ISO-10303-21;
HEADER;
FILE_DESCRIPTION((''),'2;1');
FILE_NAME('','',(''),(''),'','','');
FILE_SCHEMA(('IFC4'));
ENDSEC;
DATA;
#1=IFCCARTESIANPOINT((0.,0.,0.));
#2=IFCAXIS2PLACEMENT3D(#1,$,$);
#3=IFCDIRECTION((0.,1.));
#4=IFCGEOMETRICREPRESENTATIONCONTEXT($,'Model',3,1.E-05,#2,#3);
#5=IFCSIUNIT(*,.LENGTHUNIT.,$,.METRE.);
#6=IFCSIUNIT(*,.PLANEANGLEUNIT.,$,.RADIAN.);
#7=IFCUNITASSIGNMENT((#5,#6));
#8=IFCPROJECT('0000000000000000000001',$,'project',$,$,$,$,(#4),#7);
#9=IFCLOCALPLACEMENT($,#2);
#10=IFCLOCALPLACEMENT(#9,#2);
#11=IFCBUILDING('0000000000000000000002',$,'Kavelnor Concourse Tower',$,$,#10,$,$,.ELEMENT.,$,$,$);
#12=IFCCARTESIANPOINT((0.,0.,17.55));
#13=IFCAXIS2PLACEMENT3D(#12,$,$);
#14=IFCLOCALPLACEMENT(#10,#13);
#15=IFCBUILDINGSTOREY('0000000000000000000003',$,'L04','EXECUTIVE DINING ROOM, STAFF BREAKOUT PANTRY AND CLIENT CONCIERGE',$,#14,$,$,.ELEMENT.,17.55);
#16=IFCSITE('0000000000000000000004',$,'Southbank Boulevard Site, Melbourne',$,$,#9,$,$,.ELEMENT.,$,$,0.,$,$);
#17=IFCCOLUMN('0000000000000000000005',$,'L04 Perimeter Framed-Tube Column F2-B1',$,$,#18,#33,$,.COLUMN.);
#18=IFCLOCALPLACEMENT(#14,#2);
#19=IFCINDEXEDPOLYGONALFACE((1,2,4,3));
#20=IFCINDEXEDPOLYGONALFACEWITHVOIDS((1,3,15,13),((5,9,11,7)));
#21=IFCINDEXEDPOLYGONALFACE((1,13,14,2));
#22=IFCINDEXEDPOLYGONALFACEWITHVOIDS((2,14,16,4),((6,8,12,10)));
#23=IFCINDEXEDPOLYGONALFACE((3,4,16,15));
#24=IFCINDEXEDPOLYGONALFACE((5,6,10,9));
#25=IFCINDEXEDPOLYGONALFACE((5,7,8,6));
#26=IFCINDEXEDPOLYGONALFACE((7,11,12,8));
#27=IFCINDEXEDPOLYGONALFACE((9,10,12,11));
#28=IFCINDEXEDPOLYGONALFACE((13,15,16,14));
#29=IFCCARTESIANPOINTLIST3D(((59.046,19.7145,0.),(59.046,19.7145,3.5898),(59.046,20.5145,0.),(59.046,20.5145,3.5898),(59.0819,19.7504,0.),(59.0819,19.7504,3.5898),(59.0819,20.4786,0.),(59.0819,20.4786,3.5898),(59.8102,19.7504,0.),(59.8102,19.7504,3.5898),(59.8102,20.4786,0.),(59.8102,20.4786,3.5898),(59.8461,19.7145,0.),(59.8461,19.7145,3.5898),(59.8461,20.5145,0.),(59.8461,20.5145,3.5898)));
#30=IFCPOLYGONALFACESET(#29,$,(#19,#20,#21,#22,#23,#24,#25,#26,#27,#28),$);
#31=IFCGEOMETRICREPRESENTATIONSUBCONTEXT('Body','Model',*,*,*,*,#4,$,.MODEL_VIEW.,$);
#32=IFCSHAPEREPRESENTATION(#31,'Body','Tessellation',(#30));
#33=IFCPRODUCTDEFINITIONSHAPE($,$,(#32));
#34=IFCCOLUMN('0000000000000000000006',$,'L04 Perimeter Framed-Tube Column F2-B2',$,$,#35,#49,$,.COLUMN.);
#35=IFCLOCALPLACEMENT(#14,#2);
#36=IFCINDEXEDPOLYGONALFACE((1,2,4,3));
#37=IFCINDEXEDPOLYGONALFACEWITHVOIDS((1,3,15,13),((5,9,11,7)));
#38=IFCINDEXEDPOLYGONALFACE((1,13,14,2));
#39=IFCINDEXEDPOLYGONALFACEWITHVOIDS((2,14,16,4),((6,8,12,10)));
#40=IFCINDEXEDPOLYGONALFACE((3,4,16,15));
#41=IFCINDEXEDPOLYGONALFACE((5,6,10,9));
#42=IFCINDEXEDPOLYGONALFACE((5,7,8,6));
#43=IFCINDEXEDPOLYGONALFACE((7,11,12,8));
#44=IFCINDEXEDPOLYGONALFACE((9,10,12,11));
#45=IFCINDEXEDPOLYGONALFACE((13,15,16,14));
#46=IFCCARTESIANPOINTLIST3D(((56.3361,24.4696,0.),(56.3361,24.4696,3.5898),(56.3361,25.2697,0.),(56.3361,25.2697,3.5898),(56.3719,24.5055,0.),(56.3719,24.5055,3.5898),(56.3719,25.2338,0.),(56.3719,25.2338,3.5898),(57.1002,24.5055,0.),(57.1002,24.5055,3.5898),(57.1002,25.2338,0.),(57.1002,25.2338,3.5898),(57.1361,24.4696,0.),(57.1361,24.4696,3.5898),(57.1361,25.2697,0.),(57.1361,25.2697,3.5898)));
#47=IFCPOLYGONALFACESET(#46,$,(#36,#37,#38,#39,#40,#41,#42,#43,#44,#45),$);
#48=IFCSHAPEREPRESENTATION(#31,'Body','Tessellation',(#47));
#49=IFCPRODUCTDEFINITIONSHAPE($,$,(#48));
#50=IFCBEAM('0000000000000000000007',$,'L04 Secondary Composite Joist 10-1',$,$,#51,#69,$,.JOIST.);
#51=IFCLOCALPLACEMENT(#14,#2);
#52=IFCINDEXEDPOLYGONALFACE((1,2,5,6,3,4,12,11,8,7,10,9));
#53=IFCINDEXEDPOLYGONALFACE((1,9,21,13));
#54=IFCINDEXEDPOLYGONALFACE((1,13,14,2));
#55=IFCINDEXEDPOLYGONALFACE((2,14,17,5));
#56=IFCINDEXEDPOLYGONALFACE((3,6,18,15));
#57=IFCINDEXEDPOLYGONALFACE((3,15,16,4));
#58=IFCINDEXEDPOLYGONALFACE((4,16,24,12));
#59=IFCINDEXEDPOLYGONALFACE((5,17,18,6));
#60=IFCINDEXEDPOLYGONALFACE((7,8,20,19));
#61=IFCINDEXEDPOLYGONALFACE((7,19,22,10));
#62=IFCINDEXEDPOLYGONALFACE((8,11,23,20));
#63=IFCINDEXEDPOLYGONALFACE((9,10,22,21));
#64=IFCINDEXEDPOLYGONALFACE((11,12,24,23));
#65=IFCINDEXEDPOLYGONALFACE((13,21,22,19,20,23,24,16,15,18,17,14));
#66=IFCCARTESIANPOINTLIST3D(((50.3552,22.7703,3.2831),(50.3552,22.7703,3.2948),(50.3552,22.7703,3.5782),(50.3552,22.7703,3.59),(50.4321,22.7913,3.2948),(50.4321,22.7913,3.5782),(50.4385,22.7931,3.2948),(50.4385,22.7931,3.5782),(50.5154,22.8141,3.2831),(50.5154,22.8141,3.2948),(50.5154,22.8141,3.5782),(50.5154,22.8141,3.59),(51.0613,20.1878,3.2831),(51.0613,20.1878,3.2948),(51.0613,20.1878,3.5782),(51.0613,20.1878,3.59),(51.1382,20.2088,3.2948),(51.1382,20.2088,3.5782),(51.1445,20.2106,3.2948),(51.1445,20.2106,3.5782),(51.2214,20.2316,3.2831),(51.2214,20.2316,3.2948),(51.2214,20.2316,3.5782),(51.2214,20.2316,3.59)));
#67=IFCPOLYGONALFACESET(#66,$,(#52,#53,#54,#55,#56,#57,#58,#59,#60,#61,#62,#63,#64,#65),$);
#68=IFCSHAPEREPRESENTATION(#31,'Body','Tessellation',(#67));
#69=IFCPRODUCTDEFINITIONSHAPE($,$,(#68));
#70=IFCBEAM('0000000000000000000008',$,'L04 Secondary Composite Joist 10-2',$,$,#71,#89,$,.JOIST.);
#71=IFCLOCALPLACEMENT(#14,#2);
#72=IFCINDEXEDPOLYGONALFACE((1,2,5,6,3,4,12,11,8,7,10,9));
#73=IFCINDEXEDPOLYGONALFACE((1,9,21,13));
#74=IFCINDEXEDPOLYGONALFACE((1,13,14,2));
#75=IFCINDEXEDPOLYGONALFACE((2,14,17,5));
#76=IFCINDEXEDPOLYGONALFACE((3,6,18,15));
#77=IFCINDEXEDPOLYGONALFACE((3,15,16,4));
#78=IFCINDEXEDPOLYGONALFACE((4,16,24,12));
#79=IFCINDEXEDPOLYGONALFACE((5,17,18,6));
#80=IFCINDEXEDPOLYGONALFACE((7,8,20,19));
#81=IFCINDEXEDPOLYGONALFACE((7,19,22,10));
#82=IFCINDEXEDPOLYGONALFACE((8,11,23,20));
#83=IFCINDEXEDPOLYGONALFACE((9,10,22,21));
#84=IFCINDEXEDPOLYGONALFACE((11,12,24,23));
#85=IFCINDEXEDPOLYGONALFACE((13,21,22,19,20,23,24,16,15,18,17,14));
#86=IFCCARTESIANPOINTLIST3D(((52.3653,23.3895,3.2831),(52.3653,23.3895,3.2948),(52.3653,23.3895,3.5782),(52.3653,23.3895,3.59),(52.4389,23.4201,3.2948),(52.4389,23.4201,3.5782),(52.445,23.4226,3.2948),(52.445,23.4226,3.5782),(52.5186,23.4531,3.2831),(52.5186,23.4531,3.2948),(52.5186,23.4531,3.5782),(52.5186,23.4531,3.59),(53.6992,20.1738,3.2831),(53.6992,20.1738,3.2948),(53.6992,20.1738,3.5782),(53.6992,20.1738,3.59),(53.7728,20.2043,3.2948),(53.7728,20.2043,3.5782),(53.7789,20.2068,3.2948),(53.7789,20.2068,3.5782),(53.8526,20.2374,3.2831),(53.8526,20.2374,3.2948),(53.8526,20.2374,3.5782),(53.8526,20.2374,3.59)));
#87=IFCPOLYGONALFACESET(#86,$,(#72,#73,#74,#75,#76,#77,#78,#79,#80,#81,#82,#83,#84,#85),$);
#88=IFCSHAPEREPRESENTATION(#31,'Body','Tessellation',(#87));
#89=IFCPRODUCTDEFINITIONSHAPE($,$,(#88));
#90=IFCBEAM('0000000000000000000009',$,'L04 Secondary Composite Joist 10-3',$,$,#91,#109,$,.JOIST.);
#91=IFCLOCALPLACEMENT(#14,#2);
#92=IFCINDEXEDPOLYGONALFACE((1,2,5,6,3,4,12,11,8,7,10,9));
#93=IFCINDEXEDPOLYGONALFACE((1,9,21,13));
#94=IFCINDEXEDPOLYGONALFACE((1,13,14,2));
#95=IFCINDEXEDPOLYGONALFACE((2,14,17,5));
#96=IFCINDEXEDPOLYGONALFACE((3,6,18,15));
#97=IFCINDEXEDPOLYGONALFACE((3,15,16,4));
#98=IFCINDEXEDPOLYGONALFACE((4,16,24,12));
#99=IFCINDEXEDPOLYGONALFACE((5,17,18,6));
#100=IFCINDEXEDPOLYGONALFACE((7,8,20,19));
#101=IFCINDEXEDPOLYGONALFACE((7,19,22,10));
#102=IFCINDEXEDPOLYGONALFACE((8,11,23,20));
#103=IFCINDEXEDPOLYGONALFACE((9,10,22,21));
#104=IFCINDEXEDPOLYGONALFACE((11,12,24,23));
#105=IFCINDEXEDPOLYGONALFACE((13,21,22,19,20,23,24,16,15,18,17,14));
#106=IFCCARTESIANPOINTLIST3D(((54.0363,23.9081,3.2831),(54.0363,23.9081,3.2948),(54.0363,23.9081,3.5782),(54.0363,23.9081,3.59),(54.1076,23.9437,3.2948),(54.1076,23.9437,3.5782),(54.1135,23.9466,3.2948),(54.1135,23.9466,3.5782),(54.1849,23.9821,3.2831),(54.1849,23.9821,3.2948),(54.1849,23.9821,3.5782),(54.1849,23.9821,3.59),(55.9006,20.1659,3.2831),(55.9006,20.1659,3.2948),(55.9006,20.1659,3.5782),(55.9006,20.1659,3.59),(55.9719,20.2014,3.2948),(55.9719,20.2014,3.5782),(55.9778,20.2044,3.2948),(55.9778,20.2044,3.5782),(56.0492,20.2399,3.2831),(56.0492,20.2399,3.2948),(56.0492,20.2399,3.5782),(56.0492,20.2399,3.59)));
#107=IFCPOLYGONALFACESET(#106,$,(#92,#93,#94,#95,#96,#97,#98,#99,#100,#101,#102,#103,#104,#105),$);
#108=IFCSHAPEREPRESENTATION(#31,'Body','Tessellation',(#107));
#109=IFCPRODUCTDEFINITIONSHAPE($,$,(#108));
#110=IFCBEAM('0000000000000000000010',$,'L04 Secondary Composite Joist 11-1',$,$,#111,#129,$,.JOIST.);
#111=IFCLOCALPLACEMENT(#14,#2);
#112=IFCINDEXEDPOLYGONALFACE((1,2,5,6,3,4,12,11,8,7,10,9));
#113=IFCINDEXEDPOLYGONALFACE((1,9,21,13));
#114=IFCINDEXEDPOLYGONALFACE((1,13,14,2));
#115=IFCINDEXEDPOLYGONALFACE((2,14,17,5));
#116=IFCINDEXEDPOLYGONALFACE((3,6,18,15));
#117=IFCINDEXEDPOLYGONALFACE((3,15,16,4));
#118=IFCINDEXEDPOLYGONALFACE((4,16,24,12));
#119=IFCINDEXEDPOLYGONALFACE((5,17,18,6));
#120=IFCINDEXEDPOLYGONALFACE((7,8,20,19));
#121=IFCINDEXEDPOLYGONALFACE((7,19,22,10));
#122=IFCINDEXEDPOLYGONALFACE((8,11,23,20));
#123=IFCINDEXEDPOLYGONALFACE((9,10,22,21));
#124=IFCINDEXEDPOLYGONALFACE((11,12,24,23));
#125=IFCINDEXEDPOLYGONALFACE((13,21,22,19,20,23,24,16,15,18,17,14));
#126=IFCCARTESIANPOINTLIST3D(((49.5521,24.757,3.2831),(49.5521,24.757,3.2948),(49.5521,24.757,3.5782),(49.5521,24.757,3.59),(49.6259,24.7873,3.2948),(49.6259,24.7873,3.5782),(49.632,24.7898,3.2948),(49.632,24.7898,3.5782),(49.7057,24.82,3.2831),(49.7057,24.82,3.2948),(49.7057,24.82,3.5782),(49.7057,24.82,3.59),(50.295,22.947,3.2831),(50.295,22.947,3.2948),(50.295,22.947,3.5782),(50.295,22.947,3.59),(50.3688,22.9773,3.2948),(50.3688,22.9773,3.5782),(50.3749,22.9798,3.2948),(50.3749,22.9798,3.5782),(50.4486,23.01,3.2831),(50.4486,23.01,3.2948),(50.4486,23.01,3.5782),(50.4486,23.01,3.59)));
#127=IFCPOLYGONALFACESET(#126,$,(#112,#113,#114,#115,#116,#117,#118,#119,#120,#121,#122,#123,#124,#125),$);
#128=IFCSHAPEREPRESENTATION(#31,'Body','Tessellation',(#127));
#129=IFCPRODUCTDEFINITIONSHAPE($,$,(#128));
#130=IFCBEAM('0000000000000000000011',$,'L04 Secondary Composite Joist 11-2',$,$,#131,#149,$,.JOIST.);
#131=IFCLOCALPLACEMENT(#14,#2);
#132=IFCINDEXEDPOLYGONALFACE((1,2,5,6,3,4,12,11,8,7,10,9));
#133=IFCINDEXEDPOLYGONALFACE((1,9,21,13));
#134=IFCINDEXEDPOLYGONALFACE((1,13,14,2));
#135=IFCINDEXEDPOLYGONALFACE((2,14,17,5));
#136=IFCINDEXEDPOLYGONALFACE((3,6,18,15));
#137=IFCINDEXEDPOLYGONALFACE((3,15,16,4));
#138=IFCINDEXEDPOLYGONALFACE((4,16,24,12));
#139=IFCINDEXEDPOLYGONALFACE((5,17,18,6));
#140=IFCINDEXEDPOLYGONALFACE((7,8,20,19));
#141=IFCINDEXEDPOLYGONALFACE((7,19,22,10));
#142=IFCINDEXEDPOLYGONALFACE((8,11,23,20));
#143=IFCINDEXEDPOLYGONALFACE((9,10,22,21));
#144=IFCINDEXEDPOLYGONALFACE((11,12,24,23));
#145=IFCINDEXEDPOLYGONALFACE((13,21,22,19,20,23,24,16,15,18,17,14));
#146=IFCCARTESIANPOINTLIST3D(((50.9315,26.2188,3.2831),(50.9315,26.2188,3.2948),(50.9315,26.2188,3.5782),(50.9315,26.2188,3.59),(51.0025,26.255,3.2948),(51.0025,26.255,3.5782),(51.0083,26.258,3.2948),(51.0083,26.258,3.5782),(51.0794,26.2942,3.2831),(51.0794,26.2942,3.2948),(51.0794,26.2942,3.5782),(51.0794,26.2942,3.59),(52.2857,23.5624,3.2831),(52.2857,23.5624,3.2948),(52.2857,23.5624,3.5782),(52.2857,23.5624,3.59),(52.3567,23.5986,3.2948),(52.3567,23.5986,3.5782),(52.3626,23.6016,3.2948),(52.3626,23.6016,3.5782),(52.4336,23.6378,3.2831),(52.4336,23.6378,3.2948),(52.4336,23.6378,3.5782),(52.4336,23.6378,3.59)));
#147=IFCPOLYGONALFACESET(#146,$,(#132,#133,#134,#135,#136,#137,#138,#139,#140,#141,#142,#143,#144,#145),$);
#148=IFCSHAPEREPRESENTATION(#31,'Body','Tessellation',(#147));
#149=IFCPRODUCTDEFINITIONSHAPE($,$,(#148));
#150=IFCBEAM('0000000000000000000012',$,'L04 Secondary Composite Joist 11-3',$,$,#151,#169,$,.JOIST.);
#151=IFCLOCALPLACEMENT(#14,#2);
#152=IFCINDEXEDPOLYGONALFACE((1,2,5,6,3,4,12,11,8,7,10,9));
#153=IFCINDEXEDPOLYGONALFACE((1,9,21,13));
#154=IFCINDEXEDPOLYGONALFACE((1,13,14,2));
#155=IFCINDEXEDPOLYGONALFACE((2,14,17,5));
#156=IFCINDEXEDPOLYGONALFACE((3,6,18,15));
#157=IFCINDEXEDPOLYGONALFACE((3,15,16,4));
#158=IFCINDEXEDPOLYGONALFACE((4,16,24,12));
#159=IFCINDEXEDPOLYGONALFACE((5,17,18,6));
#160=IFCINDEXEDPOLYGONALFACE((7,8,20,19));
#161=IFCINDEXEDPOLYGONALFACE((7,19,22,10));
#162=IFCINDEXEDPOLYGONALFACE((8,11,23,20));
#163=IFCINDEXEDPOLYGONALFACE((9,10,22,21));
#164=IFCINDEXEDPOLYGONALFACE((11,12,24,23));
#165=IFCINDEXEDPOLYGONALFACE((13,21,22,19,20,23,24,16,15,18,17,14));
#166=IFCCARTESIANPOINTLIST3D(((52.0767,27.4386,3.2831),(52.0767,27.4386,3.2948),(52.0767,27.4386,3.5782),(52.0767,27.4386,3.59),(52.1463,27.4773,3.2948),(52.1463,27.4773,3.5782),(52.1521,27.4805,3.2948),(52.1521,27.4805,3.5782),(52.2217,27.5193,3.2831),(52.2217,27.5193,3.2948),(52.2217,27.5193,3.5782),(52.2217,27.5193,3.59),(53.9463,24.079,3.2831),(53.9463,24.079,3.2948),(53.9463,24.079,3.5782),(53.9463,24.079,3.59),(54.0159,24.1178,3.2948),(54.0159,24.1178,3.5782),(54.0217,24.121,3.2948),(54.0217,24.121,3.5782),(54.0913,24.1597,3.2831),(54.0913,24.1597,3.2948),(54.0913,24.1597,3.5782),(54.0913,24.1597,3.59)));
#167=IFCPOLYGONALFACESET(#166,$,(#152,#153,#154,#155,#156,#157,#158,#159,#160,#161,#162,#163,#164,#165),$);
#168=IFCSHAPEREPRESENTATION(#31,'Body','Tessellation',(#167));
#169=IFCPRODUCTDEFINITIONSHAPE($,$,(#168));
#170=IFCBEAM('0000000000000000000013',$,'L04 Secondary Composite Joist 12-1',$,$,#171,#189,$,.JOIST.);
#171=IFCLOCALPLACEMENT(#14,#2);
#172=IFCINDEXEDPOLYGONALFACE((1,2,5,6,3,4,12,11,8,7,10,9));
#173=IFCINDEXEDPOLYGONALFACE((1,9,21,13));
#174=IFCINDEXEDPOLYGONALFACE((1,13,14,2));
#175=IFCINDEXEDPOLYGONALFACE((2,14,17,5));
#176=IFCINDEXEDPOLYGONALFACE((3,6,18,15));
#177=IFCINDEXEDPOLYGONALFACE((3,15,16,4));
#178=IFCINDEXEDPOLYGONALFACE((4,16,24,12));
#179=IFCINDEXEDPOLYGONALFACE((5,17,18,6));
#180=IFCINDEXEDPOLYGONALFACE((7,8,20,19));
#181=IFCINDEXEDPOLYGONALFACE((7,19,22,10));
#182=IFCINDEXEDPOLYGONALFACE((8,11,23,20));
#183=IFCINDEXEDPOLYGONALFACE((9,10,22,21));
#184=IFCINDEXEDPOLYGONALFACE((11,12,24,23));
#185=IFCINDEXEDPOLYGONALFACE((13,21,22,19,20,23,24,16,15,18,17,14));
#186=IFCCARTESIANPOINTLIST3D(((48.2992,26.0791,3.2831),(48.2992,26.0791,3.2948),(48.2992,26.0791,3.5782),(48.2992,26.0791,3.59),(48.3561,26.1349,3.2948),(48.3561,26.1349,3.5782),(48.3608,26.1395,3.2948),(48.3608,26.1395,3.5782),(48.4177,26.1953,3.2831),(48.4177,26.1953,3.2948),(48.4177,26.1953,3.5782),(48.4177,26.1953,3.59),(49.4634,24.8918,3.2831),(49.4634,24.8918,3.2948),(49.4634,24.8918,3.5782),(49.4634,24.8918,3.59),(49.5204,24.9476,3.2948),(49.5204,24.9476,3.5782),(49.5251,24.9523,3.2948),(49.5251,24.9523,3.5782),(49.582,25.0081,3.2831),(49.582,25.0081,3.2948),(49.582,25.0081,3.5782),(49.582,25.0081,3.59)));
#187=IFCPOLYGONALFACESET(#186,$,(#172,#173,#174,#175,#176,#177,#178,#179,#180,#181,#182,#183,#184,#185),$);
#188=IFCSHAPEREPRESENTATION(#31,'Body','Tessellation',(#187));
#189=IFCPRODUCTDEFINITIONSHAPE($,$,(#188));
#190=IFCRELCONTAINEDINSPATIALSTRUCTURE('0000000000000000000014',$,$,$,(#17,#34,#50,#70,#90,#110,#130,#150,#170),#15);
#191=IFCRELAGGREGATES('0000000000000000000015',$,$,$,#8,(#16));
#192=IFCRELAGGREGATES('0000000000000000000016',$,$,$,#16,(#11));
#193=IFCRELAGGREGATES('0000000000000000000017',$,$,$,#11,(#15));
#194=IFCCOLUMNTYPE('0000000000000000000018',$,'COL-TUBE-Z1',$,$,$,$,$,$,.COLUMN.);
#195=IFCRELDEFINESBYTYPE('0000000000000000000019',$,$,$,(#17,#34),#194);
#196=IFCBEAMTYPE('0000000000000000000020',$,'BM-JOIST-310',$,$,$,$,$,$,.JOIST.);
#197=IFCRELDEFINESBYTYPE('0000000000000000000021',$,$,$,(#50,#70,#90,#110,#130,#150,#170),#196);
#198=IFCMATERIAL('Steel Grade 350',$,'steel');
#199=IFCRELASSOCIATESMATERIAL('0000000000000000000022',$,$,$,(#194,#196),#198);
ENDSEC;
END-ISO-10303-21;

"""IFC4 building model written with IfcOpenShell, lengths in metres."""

from ifc_helpers import new_model, si_unit, direction, frame, origin, origin_2d, place, context, subcontext, project, spatial, hollow_rectangle, i_section, extrude, material, material_profile, profile_set, type_object, element, save


model = new_model("IFC4")

# Units and contexts
model_context = context("Model", 3, precision=1e-05, world=origin(), true_north=direction((0.0, 1.0)))
body_context = subcontext(model_context, "Body", "Model", "MODEL_VIEW")
ifc_project = project(units=[si_unit("LENGTHUNIT", "METRE"), si_unit("PLANEANGLEUNIT", "RADIAN")], contexts=[model_context])

# Site, building, storey
site_placement = place(None, origin())
site = spatial("IfcSite", under=ifc_project, at=site_placement, Name="Southbank Boulevard Site, Melbourne", CompositionType="ELEMENT", RefElevation=0.0)
building_placement = place(site_placement, origin())
building = spatial("IfcBuilding", under=site, at=building_placement, Name="Kavelnor Concourse Tower", CompositionType="ELEMENT")
storey_placement = place(building_placement, frame((0.0, 0.0, 17.55)))
storey = spatial("IfcBuildingStorey", under=building, at=storey_placement, Name="L04", Description="EXECUTIVE DINING ROOM, STAFF BREAKOUT PANTRY AND CLIENT CONCIERGE", CompositionType="ELEMENT", Elevation=17.55)

# Columns
ifc_material_1 = material(Name="Steel Grade 350", Category="steel")
ifc_material_profile_1 = material_profile(ifc_material_1, hollow_rectangle(XDim=0.8, YDim=0.8, WallThickness=0.0359, at=origin_2d()), Name="SHS 800x800x36")
ifc_profile_set_1 = profile_set([ifc_material_profile_1], Name="Steel Grade 350")
column_type = type_object("IfcColumnType", Name="COL-TUBE-Z1", PredefinedType="COLUMN", material=ifc_profile_set_1)
for number, where, z_axis, x_axis, name in (
    (1, (59.446, 20.1145, 0.0), (0.0, 0.0, 1.0), (1.0, 0.0, 0.0), "L04 Perimeter Framed-Tube Column F2-B1"),
    (2, (56.7361, 24.8696, 0.0), (0.0, 0.0, 1.0), (1.0, 0.0, 0.0), "L04 Perimeter Framed-Tube Column F2-B2"),
):
    element("IfcColumn", number, at=place(storey_placement, frame(where, z_axis=z_axis, x_axis=x_axis)), inside=storey, type_object=column_type, Name=name, PredefinedType="COLUMN", context=body_context, shape_type="SweptSolid", body=[
        extrude(hollow_rectangle(XDim=0.8, YDim=0.8, WallThickness=0.0359, at=origin_2d()), origin(), (0.0, 0.0, 1.0), 3.5898),
    ])

# Beams
ifc_material_profile_2 = material_profile(ifc_material_1, i_section(OverallWidth=0.166, OverallDepth=0.3069, WebThickness=0.0066, FlangeThickness=0.0117, at=origin_2d()), Name="310UB46")
ifc_profile_set_2 = profile_set([ifc_material_profile_2], Name="Steel Grade 350")
beam_type_1 = type_object("IfcBeamType", Name="BM-JOIST-310", PredefinedType="JOIST", material=ifc_profile_set_2)
beam_1_placement = place(storey_placement, frame((51.1414, 20.2097, 3.4365), z_axis=(-0.263719, 0.964599, 0.0), x_axis=(-0.964599, -0.263719, 0.0)))
element("IfcBeam", 3, at=beam_1_placement, inside=storey, type_object=beam_type_1, Name="L04 Secondary Composite Joist 10-1", PredefinedType="JOIST", context=body_context, shape_type="SweptSolid", body=[
    extrude(i_section(OverallWidth=0.166, OverallDepth=0.3069, WebThickness=0.0066, FlangeThickness=0.0117, at=origin_2d()), origin(), (0.0, 0.0, 1.0), 2.6772),
])
beam_2_placement = place(storey_placement, frame((53.7759, 20.2056, 3.4365), z_axis=(-0.383161, 0.923682, 0.0), x_axis=(-0.923682, -0.383161, 0.0)))
element("IfcBeam", 4, at=beam_2_placement, inside=storey, type_object=beam_type_1, Name="L04 Secondary Composite Joist 10-2", PredefinedType="JOIST", context=body_context, shape_type="SweptSolid", body=[
    extrude(i_section(OverallWidth=0.166, OverallDepth=0.3069, WebThickness=0.0066, FlangeThickness=0.0117, at=origin_2d()), origin(), (0.0, 0.0, 1.0), 3.4814),
])
beam_3_placement = place(storey_placement, frame((55.9749, 20.2029, 3.4365), z_axis=(-0.445905, 0.89508, 0.0), x_axis=(-0.89508, -0.445905, 0.0)))
element("IfcBeam", 5, at=beam_3_placement, inside=storey, type_object=beam_type_1, Name="L04 Secondary Composite Joist 10-3", PredefinedType="JOIST", context=body_context, shape_type="SweptSolid", body=[
    extrude(i_section(OverallWidth=0.166, OverallDepth=0.3069, WebThickness=0.0066, FlangeThickness=0.0117, at=origin_2d()), origin(), (0.0, 0.0, 1.0), 4.1809),
])
beam_4_placement = place(storey_placement, frame((50.3718, 22.9785, 3.4365), z_axis=(-0.379701, 0.925109, 0.0), x_axis=(-0.925109, -0.379701, 0.0)))
element("IfcBeam", 6, at=beam_4_placement, inside=storey, type_object=beam_type_1, Name="L04 Secondary Composite Joist 11-1", PredefinedType="JOIST", context=body_context, shape_type="SweptSolid", body=[
    extrude(i_section(OverallWidth=0.166, OverallDepth=0.3069, WebThickness=0.0066, FlangeThickness=0.0117, at=origin_2d()), origin(), (0.0, 0.0, 1.0), 1.9565),
])
beam_5_placement = place(storey_placement, frame((52.3596, 23.6001, 3.4365), z_axis=(-0.454176, 0.890912, 0.0), x_axis=(-0.890912, -0.454176, 0.0)))
element("IfcBeam", 7, at=beam_5_placement, inside=storey, type_object=beam_type_1, Name="L04 Secondary Composite Joist 11-2", PredefinedType="JOIST", context=body_context, shape_type="SweptSolid", body=[
    extrude(i_section(OverallWidth=0.166, OverallDepth=0.3069, WebThickness=0.0066, FlangeThickness=0.0117, at=origin_2d()), origin(), (0.0, 0.0, 1.0), 2.9817),
])
beam_6_placement = place(storey_placement, frame((54.0188, 24.1194, 3.4365), z_axis=(-0.486274, 0.873807, 0.0), x_axis=(-0.873807, -0.486274, 0.0)))
element("IfcBeam", 8, at=beam_6_placement, inside=storey, type_object=beam_type_1, Name="L04 Secondary Composite Joist 11-3", PredefinedType="JOIST", context=body_context, shape_type="SweptSolid", body=[
    extrude(i_section(OverallWidth=0.166, OverallDepth=0.3069, WebThickness=0.0066, FlangeThickness=0.0117, at=origin_2d()), origin(), (0.0, 0.0, 1.0), 3.8447),
])
beam_7_placement = place(storey_placement, frame((49.5227, 24.95, 3.4365), z_axis=(-0.700173, 0.713974, 0.0), x_axis=(-0.713974, -0.700173, 0.0)))
element("IfcBeam", 9, at=beam_7_placement, inside=storey, type_object=beam_type_1, Name="L04 Secondary Composite Joist 12-1", PredefinedType="JOIST", context=body_context, shape_type="SweptSolid", body=[
    extrude(i_section(OverallWidth=0.166, OverallDepth=0.3069, WebThickness=0.0066, FlangeThickness=0.0117, at=origin_2d()), origin(), (0.0, 0.0, 1.0), 1.6628),
])

save(model, "model.ifc")
